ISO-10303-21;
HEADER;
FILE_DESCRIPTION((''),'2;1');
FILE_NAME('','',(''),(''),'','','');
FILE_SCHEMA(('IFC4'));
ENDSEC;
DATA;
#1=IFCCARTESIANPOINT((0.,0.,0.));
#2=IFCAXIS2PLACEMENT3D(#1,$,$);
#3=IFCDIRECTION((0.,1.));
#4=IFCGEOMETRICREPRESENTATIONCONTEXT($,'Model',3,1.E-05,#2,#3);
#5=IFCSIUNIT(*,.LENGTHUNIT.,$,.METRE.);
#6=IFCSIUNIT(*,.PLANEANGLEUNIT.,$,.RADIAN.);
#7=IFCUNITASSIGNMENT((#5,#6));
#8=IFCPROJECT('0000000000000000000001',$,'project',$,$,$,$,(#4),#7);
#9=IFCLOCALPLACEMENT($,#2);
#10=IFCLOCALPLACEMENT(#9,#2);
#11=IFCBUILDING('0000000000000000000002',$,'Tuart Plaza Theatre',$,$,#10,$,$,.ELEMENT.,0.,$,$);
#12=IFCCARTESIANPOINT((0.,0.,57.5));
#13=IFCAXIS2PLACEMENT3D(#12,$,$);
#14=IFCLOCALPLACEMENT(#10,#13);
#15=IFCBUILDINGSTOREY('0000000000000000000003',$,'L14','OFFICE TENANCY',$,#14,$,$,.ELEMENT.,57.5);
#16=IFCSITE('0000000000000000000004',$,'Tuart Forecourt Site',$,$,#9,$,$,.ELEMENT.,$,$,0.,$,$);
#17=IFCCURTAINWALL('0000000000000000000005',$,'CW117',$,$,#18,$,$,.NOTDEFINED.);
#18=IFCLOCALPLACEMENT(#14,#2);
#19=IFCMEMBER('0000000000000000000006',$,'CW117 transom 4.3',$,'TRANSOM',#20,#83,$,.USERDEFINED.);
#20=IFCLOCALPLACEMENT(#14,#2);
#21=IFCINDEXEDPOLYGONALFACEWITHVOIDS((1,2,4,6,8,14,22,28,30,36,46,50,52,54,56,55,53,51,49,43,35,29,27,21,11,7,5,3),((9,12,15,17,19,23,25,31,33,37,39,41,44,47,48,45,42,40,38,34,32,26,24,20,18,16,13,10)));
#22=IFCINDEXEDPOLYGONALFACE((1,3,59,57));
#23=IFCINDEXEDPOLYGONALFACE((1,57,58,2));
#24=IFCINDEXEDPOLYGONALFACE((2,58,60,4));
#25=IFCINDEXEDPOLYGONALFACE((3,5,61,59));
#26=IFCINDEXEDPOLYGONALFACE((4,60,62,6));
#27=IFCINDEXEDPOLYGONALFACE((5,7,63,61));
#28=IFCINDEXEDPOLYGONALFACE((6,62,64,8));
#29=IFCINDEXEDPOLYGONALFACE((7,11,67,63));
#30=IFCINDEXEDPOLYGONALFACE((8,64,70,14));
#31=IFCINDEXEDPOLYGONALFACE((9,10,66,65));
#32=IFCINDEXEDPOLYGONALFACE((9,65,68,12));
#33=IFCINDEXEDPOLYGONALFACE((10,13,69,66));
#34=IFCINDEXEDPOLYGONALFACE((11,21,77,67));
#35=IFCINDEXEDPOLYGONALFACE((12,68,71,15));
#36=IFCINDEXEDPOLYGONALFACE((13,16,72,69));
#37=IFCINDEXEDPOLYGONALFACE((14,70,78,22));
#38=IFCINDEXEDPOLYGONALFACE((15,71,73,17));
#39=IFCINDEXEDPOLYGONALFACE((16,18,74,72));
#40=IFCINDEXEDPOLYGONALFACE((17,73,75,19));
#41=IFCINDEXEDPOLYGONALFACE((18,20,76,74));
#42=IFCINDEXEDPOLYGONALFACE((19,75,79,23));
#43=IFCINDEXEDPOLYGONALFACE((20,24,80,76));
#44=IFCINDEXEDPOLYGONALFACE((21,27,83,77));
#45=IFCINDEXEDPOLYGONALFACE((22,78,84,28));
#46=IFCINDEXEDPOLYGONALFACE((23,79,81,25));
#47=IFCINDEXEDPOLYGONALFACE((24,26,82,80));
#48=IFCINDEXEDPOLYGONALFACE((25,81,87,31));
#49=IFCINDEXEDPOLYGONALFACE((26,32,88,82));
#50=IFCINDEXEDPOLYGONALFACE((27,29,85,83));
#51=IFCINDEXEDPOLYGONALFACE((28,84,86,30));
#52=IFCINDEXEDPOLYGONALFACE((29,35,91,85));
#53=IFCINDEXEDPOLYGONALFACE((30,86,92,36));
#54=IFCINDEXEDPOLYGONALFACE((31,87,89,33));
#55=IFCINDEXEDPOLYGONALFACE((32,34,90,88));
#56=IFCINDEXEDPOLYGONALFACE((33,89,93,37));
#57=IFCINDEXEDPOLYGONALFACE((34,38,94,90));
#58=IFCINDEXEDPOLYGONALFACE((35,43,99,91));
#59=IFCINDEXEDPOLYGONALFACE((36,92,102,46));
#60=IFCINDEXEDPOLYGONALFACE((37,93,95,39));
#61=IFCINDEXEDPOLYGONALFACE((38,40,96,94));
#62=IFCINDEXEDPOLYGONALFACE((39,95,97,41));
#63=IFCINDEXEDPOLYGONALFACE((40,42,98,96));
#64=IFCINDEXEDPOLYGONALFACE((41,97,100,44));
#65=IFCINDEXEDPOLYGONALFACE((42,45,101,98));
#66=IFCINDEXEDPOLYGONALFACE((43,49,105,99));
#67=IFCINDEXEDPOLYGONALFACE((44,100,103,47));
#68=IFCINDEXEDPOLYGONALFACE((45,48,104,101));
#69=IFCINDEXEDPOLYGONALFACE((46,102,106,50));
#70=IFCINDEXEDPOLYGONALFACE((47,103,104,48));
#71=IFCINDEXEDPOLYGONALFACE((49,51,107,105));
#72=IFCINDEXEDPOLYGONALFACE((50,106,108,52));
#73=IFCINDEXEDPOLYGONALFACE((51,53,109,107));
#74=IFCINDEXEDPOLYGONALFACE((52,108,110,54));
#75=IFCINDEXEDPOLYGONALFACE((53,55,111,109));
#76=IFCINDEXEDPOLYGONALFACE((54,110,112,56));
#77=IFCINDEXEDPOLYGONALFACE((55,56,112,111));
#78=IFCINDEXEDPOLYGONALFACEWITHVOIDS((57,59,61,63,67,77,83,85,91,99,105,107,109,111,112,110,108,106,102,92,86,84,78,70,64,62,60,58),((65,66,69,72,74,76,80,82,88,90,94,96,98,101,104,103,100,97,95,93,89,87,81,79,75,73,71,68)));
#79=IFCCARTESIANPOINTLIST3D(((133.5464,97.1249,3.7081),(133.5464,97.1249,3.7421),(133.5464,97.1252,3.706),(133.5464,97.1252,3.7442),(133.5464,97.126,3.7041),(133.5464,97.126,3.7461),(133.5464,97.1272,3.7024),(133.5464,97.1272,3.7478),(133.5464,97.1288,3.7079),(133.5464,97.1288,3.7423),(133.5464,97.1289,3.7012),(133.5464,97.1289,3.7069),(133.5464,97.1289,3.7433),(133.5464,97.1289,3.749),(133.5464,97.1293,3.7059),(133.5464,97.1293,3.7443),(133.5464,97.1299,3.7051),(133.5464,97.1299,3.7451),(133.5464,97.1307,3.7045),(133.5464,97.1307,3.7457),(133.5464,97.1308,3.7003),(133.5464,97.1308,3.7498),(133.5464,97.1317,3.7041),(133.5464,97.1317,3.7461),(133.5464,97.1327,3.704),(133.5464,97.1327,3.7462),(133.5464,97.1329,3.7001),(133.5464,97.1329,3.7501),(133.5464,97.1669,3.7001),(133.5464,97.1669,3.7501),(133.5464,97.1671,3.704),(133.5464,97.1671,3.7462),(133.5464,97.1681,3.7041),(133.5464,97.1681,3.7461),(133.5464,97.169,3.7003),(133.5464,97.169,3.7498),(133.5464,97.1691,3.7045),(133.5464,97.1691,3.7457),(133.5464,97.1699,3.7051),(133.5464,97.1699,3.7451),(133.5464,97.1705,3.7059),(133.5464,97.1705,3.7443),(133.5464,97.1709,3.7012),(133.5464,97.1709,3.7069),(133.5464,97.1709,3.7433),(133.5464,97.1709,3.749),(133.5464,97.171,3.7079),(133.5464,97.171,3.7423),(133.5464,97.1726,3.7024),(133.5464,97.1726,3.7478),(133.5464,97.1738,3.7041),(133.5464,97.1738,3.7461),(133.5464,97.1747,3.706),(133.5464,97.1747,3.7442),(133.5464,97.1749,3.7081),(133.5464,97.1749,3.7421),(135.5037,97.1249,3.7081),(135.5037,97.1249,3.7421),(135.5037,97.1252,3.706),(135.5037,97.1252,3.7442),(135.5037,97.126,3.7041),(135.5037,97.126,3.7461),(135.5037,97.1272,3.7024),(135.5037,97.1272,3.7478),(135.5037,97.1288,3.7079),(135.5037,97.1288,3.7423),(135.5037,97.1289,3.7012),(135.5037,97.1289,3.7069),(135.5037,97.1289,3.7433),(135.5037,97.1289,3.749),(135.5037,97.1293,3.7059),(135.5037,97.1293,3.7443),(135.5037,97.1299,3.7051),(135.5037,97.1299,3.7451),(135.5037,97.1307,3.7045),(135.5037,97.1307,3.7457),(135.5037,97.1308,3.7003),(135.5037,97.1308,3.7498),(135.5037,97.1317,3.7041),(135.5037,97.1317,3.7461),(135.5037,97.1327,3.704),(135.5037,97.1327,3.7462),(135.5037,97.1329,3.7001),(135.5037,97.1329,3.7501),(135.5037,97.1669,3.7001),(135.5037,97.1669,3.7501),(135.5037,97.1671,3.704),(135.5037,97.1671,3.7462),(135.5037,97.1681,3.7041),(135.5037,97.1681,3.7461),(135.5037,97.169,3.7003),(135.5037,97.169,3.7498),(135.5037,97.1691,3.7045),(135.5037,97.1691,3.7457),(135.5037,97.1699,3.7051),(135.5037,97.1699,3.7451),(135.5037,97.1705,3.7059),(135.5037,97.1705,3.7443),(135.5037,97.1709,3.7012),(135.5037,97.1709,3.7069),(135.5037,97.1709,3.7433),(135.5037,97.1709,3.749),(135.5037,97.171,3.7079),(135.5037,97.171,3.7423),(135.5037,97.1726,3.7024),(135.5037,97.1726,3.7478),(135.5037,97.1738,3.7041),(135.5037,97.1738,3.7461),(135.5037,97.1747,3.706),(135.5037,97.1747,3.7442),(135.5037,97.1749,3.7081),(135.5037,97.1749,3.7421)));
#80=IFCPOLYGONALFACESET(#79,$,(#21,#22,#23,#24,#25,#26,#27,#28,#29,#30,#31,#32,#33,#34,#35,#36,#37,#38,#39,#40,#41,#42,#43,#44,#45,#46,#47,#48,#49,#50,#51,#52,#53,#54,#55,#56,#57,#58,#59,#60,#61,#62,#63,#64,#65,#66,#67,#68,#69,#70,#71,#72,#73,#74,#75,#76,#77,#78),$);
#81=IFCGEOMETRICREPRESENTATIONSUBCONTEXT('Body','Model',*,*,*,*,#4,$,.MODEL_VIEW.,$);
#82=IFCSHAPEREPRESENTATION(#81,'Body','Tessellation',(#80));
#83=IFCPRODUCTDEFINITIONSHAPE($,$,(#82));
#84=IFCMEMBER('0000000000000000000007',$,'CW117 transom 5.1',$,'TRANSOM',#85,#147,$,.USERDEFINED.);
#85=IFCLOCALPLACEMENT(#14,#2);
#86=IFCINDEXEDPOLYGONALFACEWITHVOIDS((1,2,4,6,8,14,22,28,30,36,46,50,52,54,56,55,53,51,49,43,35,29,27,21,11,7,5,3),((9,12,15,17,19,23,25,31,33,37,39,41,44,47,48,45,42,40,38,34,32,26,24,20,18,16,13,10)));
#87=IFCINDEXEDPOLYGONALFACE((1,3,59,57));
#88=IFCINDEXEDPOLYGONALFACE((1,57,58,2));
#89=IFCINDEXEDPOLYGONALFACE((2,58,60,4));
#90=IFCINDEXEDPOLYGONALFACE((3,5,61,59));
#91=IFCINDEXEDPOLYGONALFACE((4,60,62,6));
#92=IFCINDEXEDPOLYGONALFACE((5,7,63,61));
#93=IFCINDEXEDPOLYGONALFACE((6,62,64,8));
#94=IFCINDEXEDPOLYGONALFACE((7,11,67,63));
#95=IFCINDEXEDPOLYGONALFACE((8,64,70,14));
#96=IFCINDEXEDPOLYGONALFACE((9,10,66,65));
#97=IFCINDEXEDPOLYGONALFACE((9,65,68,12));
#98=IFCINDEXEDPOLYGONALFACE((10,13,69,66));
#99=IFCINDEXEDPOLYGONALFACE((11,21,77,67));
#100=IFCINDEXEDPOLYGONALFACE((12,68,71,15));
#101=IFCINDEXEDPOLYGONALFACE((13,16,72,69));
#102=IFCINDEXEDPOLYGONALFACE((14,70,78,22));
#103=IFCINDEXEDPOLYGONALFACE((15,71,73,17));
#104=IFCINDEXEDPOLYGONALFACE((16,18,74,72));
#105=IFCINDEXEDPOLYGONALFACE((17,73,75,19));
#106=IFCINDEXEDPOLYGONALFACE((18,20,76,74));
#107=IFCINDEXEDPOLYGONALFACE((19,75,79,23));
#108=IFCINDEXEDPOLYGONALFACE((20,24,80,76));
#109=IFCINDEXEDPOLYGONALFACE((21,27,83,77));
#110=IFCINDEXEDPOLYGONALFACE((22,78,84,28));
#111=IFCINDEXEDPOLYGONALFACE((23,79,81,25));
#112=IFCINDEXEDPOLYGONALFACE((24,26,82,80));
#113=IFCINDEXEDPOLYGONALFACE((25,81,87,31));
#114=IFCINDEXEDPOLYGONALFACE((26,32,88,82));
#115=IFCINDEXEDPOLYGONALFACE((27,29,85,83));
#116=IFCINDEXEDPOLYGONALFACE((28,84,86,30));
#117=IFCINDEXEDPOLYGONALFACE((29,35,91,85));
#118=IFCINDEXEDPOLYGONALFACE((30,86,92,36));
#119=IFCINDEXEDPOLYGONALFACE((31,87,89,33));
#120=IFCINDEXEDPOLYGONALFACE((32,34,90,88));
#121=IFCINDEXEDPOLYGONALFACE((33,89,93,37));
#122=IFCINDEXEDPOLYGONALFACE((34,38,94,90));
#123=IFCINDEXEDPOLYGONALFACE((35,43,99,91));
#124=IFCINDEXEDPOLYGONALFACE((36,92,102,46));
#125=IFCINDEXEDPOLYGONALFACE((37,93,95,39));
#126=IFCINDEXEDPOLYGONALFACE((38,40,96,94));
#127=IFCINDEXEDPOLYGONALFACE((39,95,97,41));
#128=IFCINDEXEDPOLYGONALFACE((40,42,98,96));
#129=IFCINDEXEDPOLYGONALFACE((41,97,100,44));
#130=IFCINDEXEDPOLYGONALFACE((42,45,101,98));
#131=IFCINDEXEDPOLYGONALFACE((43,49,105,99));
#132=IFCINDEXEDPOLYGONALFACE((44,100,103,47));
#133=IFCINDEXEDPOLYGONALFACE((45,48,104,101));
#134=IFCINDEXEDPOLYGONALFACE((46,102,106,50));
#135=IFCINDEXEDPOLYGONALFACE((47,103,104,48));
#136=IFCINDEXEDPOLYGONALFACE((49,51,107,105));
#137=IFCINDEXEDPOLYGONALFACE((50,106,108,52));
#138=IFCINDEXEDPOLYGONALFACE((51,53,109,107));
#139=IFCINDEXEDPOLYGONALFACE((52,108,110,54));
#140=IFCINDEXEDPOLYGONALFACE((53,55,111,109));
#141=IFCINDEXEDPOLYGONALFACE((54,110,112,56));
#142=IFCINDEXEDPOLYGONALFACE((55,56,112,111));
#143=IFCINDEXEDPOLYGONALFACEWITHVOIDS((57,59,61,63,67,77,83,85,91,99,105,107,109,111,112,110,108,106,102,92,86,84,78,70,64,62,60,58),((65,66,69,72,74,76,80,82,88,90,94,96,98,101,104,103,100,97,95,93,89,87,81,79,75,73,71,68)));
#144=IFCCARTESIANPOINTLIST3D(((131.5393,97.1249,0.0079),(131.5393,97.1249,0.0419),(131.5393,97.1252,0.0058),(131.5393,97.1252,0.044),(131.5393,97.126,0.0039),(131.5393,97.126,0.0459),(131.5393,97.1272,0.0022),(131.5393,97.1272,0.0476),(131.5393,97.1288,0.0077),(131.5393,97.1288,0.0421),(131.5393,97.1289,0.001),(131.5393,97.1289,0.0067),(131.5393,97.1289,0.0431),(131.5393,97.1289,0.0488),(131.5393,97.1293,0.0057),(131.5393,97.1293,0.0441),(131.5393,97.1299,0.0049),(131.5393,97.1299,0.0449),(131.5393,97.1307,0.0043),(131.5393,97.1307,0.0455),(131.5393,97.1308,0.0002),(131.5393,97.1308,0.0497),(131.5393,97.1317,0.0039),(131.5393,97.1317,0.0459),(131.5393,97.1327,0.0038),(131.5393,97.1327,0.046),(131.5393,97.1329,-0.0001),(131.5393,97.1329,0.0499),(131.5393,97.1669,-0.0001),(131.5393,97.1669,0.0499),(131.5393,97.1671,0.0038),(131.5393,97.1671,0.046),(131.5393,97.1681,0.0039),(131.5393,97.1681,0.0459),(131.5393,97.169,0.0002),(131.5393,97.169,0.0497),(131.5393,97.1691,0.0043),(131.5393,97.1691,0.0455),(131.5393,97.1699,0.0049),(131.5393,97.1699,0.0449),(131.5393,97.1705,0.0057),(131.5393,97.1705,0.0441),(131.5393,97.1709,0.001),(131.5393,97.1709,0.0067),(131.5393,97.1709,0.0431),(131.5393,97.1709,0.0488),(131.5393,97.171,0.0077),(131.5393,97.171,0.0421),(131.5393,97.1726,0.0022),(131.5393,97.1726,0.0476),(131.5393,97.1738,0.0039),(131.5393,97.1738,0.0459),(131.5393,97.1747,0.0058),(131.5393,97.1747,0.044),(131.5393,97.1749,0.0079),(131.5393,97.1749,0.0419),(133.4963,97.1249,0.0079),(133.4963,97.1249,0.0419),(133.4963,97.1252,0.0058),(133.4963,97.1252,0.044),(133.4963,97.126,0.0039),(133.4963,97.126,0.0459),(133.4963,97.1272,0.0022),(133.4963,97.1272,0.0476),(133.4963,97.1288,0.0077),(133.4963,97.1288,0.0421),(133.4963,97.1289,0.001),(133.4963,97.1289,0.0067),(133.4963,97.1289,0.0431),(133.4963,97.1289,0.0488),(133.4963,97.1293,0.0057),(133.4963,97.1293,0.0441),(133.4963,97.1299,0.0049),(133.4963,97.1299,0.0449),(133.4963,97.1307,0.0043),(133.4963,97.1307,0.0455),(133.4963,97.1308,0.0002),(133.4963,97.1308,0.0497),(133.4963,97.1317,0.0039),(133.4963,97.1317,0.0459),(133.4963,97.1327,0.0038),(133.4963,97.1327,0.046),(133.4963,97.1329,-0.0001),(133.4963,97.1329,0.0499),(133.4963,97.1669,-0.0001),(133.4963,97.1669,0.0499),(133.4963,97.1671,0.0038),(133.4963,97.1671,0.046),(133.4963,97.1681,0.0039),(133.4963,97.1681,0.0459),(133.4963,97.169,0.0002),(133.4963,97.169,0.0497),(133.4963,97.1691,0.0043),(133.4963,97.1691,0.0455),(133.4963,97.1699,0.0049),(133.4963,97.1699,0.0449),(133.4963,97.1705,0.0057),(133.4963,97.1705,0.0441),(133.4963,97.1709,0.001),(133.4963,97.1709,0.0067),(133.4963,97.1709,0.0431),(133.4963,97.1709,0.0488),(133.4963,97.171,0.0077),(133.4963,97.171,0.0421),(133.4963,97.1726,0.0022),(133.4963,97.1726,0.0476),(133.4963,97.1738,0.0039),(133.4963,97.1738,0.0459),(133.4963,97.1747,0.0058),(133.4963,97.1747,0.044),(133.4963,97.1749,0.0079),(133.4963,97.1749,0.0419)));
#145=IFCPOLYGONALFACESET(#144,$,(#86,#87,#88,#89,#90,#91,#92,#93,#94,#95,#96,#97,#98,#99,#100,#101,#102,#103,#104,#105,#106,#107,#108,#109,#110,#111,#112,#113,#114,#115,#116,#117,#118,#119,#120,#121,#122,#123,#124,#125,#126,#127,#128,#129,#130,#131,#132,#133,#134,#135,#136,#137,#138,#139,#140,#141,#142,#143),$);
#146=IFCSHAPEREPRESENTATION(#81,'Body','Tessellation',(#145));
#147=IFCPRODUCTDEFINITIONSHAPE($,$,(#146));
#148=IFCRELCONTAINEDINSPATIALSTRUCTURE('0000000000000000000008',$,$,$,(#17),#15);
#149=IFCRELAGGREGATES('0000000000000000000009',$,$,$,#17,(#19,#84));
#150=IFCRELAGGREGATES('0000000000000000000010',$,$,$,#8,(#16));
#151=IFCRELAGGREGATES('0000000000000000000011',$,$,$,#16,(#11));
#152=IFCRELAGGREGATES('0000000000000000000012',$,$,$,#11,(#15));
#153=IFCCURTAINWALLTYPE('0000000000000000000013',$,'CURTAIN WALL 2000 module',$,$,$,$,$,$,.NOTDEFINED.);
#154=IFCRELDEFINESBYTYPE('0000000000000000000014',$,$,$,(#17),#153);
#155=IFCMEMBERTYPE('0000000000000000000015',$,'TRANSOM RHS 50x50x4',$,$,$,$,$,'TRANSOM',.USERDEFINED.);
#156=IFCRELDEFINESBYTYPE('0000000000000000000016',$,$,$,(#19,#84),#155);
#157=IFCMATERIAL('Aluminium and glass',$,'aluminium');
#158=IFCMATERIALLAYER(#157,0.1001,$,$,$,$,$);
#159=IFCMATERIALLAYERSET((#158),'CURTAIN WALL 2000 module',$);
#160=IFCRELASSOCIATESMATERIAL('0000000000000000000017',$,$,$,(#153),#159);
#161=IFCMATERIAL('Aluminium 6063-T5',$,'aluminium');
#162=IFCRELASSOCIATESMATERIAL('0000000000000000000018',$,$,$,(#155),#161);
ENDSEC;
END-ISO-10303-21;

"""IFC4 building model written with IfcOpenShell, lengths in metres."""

from ifc_helpers import new_model, si_unit, direction, frame, origin, origin_2d, place, context, subcontext, project, spatial, hollow_rectangle, extrude, material, layer, layer_set, material_profile, profile_set, type_object, element, aggregate, save


model = new_model("IFC4")

# Units and contexts
model_context = context("Model", 3, precision=1e-05, world=origin(), true_north=direction((0.0, 1.0)))
body_context = subcontext(model_context, "Body", "Model", "MODEL_VIEW")
ifc_project = project(units=[si_unit("LENGTHUNIT", "METRE"), si_unit("PLANEANGLEUNIT", "RADIAN")], contexts=[model_context])

# Site, building, storey
site_placement = place(None, origin())
site = spatial("IfcSite", under=ifc_project, at=site_placement, Name="Tuart Forecourt Site", CompositionType="ELEMENT", RefElevation=0.0)
building_placement = place(site_placement, origin())
building = spatial("IfcBuilding", under=site, at=building_placement, Name="Tuart Plaza Theatre", CompositionType="ELEMENT", ElevationOfRefHeight=0.0)
storey_placement = place(building_placement, frame((0.0, 0.0, 57.5)))
storey = spatial("IfcBuildingStorey", under=building, at=storey_placement, Name="L14", Description="OFFICE TENANCY", CompositionType="ELEMENT", Elevation=57.5)

# Curtain wall, members
ifc_material_1 = material(Name="Aluminium and glass", Category="aluminium")
ifc_layer_1 = layer(ifc_material_1, 0.1001)
ifc_layer_set_1 = layer_set([ifc_layer_1], Name="CURTAIN WALL 2000 module")
curtain_wall_type = type_object("IfcCurtainWallType", Name="CURTAIN WALL 2000 module", PredefinedType="NOTDEFINED", material=ifc_layer_set_1)
curtain_wall_placement = place(storey_placement, origin())
curtain_wall = element("IfcCurtainWall", 1, at=curtain_wall_placement, inside=storey, type_object=curtain_wall_type, Name="CW117", PredefinedType="NOTDEFINED")
ifc_material_2 = material(Name="Aluminium 6063-T5", Category="aluminium")
ifc_material_profile_1 = material_profile(ifc_material_2, hollow_rectangle(XDim=0.05, YDim=0.05, WallThickness=0.0039, InnerFilletRadius=0.0039, OuterFilletRadius=0.0081, at=origin_2d()), Name="RHS 50x50x4")
ifc_profile_set_1 = profile_set([ifc_material_profile_1], Name="Aluminium 6063-T5")
member_type_1 = type_object("IfcMemberType", Name="TRANSOM RHS 50x50x4", ElementType="TRANSOM", PredefinedType="USERDEFINED", material=ifc_profile_set_1)
member_1_placement = place(storey_placement, frame((135.5037, 97.1499, 3.7251), z_axis=(-1.0, 0.0, 0.0), x_axis=(0.0, -1.0, 0.0)))
member_1 = element("IfcMember", 2, at=member_1_placement, type_object=member_type_1, Name="CW117 transom 4.3", ObjectType="TRANSOM", PredefinedType="USERDEFINED", context=body_context, shape_type="SweptSolid", body=[
    extrude(hollow_rectangle(XDim=0.05, YDim=0.05, WallThickness=0.0039, InnerFilletRadius=0.0039, OuterFilletRadius=0.0081, at=origin_2d()), origin(), (0.0, 0.0, 1.0), 1.9573),
])
member_2_placement = place(storey_placement, frame((133.4963, 97.1499, 0.0249), z_axis=(-1.0, 0.0, 0.0), x_axis=(0.0, -1.0, 0.0)))
member_2 = element("IfcMember", 3, at=member_2_placement, type_object=member_type_1, Name="CW117 transom 5.1", ObjectType="TRANSOM", PredefinedType="USERDEFINED", context=body_context, shape_type="SweptSolid", body=[
    extrude(hollow_rectangle(XDim=0.05, YDim=0.05, WallThickness=0.0039, InnerFilletRadius=0.0039, OuterFilletRadius=0.0081, at=origin_2d()), origin(), (0.0, 0.0, 1.0), 1.957),
])
aggregate(curtain_wall, [member_1, member_2])

save(model, "model.ifc")
